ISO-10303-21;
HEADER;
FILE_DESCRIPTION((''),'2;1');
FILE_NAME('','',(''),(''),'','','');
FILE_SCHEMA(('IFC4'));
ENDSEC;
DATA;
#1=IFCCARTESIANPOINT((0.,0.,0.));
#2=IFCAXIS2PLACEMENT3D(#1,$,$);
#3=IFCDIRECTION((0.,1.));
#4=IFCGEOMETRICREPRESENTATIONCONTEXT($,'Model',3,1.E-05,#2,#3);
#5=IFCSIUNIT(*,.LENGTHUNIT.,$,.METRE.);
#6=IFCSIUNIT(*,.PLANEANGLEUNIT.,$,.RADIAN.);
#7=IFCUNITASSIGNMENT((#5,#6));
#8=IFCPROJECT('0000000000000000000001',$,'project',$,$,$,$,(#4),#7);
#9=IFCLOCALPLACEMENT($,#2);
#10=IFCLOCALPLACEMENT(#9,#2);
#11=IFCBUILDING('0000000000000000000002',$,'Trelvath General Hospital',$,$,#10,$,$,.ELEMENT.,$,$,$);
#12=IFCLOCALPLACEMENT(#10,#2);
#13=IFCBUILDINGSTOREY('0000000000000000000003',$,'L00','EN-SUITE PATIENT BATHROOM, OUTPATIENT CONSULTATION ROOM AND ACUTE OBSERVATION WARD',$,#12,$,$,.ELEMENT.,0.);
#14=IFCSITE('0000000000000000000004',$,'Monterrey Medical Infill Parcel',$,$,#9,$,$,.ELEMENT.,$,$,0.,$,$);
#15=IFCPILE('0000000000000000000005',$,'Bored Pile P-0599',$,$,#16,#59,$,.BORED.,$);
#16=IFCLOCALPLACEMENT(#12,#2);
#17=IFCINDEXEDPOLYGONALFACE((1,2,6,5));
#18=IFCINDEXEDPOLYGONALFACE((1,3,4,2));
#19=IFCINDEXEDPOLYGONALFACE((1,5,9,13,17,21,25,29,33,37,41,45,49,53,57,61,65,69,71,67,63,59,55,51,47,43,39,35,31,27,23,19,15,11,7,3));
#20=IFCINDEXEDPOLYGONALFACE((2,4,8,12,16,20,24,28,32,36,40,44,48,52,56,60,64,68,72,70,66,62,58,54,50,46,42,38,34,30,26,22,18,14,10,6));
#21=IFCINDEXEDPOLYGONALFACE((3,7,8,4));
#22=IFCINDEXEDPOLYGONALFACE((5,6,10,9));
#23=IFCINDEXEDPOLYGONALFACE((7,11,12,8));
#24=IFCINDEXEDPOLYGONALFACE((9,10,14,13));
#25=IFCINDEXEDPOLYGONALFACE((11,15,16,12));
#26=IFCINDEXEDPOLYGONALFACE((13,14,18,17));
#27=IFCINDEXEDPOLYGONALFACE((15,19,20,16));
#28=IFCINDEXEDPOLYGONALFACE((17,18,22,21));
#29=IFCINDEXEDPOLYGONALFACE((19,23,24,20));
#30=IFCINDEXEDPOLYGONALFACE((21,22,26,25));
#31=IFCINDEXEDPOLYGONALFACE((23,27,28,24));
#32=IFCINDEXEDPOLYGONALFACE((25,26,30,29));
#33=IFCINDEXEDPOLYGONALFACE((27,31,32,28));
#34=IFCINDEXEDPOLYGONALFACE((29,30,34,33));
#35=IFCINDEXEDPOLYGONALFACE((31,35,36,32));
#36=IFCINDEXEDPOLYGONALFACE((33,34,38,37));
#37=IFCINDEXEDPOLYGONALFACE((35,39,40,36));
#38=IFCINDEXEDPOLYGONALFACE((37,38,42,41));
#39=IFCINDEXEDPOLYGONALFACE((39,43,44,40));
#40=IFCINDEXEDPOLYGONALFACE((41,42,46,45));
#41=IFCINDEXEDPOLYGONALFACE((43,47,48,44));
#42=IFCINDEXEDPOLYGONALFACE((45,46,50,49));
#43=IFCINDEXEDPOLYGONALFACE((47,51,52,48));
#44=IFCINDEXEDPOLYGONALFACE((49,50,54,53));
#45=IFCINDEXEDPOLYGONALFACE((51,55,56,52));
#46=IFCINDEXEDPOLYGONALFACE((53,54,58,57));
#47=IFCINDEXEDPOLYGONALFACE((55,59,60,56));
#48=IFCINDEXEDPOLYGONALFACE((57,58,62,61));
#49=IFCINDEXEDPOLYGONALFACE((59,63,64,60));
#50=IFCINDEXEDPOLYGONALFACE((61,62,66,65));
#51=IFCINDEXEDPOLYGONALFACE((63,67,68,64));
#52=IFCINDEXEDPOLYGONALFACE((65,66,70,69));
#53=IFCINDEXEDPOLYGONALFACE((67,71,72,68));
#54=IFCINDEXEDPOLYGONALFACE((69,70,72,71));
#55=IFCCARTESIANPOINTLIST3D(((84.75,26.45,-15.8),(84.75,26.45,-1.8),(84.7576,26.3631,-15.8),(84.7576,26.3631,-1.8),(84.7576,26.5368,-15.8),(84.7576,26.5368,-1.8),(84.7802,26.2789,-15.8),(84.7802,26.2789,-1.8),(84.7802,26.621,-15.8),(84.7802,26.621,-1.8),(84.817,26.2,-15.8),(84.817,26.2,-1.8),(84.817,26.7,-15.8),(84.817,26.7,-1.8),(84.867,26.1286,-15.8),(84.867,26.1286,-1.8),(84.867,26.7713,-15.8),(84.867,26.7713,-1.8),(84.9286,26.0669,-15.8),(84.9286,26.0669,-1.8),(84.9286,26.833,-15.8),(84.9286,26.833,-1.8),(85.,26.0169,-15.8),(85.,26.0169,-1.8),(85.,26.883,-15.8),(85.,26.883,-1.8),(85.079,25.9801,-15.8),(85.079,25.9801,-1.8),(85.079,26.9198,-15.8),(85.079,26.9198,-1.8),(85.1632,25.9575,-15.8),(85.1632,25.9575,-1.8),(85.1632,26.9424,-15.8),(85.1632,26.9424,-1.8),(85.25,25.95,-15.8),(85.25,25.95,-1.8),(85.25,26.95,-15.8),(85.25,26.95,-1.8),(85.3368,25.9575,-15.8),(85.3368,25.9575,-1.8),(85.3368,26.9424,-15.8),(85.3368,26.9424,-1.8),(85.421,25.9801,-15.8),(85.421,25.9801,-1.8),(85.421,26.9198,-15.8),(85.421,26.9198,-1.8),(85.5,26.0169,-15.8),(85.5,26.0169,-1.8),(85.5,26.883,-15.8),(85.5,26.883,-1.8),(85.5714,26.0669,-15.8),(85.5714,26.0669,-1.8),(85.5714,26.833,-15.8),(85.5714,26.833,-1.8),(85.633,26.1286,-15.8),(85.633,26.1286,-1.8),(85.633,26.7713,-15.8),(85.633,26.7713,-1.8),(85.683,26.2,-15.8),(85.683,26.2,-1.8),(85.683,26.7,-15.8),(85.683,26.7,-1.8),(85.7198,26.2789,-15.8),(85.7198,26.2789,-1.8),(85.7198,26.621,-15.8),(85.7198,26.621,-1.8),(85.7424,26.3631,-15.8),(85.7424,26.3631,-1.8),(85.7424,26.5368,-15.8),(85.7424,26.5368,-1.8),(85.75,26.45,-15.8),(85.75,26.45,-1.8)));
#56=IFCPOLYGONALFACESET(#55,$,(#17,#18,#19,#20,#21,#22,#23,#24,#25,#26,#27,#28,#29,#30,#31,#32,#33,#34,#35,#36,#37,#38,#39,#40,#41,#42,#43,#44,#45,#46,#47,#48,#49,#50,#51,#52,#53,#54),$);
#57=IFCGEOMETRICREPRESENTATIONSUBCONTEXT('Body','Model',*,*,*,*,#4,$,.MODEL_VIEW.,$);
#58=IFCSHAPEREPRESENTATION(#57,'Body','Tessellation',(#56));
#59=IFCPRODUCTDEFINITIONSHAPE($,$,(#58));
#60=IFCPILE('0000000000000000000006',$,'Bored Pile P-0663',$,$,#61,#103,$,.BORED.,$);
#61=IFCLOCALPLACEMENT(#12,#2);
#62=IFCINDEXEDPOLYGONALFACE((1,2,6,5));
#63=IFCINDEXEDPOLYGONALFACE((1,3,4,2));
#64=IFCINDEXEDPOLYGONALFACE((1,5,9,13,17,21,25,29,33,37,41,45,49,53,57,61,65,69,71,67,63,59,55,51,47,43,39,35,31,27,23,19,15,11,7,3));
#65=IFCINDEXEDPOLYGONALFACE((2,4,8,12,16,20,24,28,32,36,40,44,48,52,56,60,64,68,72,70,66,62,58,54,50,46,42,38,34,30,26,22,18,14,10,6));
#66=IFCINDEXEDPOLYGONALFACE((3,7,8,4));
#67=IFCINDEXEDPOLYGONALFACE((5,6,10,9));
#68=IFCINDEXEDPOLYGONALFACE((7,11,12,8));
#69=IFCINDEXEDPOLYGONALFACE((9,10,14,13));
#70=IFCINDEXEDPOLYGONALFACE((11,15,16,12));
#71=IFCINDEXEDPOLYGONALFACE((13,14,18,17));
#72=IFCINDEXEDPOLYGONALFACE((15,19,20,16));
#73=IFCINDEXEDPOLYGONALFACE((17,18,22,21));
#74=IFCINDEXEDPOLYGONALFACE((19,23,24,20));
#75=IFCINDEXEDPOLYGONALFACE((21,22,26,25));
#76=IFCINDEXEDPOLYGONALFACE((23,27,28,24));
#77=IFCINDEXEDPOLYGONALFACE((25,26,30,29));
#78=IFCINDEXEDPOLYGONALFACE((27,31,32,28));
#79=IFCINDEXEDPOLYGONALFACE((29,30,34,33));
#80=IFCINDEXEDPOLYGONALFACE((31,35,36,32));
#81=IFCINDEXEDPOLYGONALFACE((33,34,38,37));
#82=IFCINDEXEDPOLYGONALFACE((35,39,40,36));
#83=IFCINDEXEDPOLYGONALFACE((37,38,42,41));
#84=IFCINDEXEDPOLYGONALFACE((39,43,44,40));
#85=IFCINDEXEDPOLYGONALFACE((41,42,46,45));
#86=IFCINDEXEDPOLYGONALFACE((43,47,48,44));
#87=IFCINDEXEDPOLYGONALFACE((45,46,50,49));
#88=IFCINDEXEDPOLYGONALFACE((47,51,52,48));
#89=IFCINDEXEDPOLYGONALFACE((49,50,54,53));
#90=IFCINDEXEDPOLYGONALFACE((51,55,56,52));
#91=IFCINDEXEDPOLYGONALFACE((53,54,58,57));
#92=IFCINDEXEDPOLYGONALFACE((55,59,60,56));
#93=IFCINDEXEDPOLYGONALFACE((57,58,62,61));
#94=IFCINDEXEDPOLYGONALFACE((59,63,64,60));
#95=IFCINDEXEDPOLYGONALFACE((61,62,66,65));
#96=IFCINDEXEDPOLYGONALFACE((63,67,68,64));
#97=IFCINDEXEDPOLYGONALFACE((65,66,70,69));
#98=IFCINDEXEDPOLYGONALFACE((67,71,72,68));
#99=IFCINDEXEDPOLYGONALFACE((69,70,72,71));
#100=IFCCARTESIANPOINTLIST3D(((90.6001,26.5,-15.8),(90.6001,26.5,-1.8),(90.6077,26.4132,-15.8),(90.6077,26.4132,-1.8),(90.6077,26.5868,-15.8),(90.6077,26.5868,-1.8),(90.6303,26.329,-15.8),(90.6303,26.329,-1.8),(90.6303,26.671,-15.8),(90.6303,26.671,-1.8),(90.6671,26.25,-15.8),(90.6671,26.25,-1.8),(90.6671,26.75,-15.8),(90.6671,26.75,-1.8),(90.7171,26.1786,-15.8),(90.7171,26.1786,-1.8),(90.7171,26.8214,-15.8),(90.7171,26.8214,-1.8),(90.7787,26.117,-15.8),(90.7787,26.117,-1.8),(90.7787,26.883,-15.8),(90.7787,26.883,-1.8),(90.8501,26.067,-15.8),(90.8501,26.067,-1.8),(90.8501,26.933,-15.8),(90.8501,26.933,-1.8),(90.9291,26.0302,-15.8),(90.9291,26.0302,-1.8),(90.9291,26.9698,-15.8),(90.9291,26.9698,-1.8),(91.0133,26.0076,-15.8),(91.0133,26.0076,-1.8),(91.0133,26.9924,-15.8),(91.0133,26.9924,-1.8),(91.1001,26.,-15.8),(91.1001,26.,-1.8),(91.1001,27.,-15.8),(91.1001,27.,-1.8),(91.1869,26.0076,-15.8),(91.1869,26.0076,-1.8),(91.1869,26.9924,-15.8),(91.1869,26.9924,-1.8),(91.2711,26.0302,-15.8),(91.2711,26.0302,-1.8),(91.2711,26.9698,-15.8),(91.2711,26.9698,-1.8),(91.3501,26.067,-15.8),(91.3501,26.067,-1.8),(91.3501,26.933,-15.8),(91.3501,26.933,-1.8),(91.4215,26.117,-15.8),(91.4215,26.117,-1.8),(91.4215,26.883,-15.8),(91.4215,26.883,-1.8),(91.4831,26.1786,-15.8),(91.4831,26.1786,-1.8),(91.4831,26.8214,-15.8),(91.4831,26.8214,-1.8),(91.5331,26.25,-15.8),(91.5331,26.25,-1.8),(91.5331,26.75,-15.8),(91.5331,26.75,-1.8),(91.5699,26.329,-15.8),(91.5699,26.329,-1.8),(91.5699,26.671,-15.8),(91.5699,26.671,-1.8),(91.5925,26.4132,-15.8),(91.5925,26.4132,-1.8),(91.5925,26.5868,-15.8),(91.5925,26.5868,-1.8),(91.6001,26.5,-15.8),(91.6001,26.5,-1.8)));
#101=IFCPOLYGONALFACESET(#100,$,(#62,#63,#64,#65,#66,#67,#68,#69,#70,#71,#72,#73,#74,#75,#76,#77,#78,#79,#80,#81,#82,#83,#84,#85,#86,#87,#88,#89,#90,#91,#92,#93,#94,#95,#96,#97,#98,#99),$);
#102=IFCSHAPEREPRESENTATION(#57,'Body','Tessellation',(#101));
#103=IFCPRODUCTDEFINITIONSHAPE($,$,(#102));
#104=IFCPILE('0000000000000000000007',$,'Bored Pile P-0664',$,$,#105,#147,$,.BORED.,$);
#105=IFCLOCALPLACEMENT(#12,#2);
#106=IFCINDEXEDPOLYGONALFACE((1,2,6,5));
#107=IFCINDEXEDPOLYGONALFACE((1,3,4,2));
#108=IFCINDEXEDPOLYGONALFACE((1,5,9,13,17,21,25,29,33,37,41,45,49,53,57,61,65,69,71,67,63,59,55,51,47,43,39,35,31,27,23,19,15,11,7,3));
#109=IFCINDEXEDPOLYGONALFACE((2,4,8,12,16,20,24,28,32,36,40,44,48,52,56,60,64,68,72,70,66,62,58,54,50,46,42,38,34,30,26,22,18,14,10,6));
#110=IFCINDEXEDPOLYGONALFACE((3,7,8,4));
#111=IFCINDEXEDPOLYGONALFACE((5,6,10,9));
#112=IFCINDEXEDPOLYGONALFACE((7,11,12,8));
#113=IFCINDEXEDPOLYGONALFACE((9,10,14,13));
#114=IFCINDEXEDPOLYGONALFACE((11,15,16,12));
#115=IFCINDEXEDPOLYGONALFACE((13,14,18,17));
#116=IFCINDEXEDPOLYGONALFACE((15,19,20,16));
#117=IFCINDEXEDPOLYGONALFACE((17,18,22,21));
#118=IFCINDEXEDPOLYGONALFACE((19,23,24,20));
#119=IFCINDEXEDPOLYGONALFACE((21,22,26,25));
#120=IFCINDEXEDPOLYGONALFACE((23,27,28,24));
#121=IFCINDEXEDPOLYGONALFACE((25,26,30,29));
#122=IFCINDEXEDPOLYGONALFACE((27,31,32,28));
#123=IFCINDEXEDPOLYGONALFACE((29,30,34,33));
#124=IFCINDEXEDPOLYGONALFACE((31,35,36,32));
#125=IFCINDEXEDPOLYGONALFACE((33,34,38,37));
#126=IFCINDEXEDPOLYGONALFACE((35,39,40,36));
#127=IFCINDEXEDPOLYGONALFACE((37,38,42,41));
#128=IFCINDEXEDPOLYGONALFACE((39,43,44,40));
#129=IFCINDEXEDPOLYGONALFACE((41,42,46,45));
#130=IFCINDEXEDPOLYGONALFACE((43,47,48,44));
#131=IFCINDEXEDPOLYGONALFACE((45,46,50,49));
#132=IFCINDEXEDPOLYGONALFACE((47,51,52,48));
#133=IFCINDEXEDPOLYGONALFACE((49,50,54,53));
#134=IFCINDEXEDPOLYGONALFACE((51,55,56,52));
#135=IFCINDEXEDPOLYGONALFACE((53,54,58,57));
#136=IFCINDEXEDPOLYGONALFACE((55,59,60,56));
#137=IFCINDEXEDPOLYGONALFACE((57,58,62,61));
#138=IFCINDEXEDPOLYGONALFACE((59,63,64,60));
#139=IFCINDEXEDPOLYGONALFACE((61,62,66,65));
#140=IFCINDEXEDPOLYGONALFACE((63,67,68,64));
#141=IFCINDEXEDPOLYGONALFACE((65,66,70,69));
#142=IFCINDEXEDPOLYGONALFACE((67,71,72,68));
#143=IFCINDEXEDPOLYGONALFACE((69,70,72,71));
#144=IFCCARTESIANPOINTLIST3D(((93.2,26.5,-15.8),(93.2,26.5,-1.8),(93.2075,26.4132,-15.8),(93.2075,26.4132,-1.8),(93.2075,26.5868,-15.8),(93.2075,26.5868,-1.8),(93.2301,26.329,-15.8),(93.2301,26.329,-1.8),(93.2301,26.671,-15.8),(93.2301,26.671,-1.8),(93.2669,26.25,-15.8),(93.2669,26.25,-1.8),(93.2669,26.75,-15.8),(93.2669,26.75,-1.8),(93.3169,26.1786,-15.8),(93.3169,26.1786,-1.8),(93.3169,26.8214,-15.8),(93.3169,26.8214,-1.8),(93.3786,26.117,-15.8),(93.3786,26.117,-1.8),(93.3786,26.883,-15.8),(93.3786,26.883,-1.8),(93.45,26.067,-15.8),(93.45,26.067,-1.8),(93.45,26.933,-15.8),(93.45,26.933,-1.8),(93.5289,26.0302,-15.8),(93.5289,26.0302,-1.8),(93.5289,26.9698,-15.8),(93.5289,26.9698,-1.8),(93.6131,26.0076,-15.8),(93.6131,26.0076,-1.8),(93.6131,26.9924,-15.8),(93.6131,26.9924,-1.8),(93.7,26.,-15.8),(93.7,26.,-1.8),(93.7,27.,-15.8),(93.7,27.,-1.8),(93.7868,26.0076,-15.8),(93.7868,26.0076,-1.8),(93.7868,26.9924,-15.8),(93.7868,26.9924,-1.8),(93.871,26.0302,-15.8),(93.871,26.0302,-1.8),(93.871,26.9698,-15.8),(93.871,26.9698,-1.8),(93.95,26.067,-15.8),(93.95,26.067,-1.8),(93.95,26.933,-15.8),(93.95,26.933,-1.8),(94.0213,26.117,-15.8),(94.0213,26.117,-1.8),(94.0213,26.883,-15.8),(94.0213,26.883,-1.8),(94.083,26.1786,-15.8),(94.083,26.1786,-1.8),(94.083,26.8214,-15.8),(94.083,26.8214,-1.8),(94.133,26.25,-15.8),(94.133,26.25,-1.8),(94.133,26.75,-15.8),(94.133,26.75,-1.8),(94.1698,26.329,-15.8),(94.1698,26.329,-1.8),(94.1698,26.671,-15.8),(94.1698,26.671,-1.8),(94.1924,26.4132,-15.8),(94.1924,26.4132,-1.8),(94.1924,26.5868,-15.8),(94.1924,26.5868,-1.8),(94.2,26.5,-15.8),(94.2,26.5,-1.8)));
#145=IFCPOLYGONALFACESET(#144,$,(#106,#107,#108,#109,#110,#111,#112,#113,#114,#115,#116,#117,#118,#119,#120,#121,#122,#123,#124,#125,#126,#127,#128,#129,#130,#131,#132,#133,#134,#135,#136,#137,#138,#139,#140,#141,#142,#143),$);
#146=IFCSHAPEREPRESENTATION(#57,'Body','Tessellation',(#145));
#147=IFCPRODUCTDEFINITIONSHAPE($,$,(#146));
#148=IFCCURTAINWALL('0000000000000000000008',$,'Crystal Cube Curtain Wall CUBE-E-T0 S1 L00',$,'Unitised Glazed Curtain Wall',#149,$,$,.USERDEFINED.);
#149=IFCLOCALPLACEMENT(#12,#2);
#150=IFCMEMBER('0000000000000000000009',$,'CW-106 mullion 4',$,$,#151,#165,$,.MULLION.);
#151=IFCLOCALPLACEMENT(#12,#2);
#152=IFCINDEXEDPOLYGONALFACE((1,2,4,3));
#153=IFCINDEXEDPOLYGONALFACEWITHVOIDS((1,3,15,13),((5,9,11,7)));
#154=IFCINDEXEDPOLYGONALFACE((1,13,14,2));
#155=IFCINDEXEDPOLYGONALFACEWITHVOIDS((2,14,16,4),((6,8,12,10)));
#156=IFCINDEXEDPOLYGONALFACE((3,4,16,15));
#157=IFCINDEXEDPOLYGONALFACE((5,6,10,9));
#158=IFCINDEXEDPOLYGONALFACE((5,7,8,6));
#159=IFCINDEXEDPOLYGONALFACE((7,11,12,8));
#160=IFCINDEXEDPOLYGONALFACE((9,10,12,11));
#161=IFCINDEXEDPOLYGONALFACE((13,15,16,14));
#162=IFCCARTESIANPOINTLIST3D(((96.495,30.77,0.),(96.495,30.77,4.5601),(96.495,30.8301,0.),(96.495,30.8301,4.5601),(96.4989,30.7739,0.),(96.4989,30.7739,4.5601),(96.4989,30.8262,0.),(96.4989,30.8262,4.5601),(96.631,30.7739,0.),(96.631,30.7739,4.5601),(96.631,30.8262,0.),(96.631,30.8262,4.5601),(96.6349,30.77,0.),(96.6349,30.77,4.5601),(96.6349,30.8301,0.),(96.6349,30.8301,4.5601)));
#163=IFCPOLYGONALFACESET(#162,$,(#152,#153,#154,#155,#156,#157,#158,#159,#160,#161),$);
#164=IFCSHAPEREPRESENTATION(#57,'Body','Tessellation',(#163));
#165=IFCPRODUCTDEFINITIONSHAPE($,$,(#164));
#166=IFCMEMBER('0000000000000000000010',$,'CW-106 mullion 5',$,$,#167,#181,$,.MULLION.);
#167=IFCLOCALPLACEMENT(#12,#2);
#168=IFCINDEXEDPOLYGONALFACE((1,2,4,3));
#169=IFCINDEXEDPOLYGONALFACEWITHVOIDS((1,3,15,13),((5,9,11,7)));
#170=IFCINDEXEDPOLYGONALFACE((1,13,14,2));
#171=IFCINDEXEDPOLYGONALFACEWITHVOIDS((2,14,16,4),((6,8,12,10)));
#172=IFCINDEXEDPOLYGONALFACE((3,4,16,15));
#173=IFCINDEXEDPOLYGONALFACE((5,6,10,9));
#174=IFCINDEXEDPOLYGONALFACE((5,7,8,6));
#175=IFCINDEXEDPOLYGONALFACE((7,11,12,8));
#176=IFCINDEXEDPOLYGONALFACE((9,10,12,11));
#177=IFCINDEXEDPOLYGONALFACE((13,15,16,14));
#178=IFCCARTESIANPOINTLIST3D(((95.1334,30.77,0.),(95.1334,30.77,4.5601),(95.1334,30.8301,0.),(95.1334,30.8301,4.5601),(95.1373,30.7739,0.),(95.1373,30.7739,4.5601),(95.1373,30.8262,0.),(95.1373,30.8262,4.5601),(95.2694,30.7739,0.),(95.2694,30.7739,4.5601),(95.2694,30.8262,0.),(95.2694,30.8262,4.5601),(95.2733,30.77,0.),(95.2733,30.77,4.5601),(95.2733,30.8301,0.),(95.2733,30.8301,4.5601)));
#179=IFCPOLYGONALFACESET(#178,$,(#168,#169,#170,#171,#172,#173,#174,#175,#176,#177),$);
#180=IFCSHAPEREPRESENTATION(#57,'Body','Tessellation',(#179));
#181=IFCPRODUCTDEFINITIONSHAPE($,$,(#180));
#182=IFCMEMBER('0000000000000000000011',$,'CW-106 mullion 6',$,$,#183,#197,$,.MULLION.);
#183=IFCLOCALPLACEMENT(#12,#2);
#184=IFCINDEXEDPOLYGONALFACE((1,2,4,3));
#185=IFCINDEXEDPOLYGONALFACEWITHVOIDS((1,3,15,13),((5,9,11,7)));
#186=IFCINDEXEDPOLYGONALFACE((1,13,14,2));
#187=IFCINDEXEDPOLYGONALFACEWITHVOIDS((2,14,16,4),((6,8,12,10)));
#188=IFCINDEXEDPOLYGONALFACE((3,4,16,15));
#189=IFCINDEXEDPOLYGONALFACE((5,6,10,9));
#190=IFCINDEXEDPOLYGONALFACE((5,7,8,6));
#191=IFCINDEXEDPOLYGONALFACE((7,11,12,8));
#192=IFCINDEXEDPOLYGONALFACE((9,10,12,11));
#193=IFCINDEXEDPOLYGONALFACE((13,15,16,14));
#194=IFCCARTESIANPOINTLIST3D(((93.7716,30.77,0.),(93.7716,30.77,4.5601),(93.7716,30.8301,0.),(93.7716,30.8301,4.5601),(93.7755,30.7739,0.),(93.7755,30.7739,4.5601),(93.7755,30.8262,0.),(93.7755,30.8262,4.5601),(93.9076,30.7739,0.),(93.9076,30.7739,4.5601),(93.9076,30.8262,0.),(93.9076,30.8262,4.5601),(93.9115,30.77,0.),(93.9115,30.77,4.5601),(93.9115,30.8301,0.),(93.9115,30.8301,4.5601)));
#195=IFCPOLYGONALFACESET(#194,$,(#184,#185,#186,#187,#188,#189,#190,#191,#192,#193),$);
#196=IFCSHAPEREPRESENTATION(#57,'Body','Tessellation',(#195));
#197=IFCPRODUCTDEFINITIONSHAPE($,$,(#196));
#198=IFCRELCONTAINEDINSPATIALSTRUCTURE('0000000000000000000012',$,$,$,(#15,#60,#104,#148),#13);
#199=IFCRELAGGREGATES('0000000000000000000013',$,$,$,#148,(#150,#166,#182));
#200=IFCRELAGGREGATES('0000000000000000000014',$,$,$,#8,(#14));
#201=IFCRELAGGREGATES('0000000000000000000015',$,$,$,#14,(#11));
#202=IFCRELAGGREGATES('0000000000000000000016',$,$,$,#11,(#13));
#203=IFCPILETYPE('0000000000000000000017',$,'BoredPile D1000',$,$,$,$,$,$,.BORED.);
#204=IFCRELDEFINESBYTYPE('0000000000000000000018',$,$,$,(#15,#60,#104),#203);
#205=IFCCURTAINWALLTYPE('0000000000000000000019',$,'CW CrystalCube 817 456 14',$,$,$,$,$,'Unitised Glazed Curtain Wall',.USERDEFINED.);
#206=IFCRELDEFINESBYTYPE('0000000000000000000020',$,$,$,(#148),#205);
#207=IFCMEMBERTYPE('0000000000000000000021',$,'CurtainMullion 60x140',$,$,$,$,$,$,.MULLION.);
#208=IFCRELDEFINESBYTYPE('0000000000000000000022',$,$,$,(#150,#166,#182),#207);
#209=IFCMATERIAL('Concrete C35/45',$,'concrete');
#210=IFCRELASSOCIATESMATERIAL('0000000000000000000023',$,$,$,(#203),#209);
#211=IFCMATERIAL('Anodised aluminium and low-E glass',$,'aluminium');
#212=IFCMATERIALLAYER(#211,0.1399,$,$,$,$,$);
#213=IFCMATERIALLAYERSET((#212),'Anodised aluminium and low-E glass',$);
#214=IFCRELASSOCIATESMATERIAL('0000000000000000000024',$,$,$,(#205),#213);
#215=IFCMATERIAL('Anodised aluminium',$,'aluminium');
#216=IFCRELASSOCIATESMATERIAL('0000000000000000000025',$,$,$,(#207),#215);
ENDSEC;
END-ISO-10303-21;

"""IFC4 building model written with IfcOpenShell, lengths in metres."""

from ifc_helpers import new_model, si_unit, direction, frame, origin, origin_2d, place, context, subcontext, project, spatial, hollow_rectangle, circle, extrude, material, layer, layer_set, material_profile, profile_set, type_object, element, aggregate, save


model = new_model("IFC4")

# Units and contexts
model_context = context("Model", 3, precision=1e-05, world=origin(), true_north=direction((0.0, 1.0)))
body_context = subcontext(model_context, "Body", "Model", "MODEL_VIEW")
ifc_project = project(units=[si_unit("LENGTHUNIT", "METRE"), si_unit("PLANEANGLEUNIT", "RADIAN")], contexts=[model_context])

# Site, building, storey
site_placement = place(None, origin())
site = spatial("IfcSite", under=ifc_project, at=site_placement, Name="Monterrey Medical Infill Parcel", CompositionType="ELEMENT", RefElevation=0.0)
building_placement = place(site_placement, origin())
building = spatial("IfcBuilding", under=site, at=building_placement, Name="Trelvath General Hospital", CompositionType="ELEMENT")
storey_placement = place(building_placement, origin())
storey = spatial("IfcBuildingStorey", under=building, at=storey_placement, Name="L00", Description="EN-SUITE PATIENT BATHROOM, OUTPATIENT CONSULTATION ROOM AND ACUTE OBSERVATION WARD", CompositionType="ELEMENT", Elevation=0.0)

# Piles
ifc_material_1 = material(Name="Concrete C35/45", Category="concrete")
ifc_material_profile_1 = material_profile(ifc_material_1, circle(Radius=0.5, at=origin_2d()), Name="PILE1000")
ifc_profile_set_1 = profile_set([ifc_material_profile_1], Name="Concrete C35/45")
pile_type = type_object("IfcPileType", Name="BoredPile D1000", PredefinedType="BORED", material=ifc_profile_set_1)
for number, where, z_axis, x_axis, name in (
    (1, (85.25, 26.45, -1.8), (0.0, 0.0, -1.0), (1.0, 0.0, 0.0), "Bored Pile P-0599"),
    (2, (91.1001, 26.5, -1.8), (0.0, 0.0, -1.0), (1.0, 0.0, 0.0), "Bored Pile P-0663"),
    (3, (93.7, 26.5, -1.8), (0.0, 0.0, -1.0), (1.0, 0.0, 0.0), "Bored Pile P-0664"),
):
    element("IfcPile", number, at=place(storey_placement, frame(where, z_axis=z_axis, x_axis=x_axis)), inside=storey, type_object=pile_type, Name=name, PredefinedType="BORED", context=body_context, shape_type="SweptSolid", body=[
        extrude(circle(Radius=0.5, at=origin_2d()), origin(), (0.0, 0.0, 1.0), 14.0),
    ])

# Curtain wall, members
ifc_material_2 = material(Name="Anodised aluminium and low-E glass", Category="aluminium")
ifc_layer_1 = layer(ifc_material_2, 0.1399)
ifc_layer_set_1 = layer_set([ifc_layer_1], Name="Anodised aluminium and low-E glass")
curtain_wall_type = type_object("IfcCurtainWallType", Name="CW CrystalCube 817 456 14", ElementType="Unitised Glazed Curtain Wall", PredefinedType="USERDEFINED", material=ifc_layer_set_1)
curtain_wall_placement = place(storey_placement, origin())
curtain_wall = element("IfcCurtainWall", 4, at=curtain_wall_placement, inside=storey, type_object=curtain_wall_type, Name="Crystal Cube Curtain Wall CUBE-E-T0 S1 L00", ObjectType="Unitised Glazed Curtain Wall", PredefinedType="USERDEFINED")
ifc_material_3 = material(Name="Anodised aluminium", Category="aluminium")
ifc_material_profile_2 = material_profile(ifc_material_3, hollow_rectangle(XDim=0.0601, YDim=0.1399, WallThickness=0.0039, at=origin_2d()), Name="RHS60x140x4")
ifc_profile_set_2 = profile_set([ifc_material_profile_2], Name="Anodised aluminium")
member_type_1 = type_object("IfcMemberType", Name="CurtainMullion 60x140", PredefinedType="MULLION", material=ifc_profile_set_2)
member_1_placement = place(storey_placement, frame((96.5649, 30.8, 0.0), z_axis=(0.0, 0.0, 1.0), x_axis=(0.0, -1.0, 0.0)))
member_1 = element("IfcMember", 5, at=member_1_placement, type_object=member_type_1, Name="CW-106 mullion 4", PredefinedType="MULLION", context=body_context, shape_type="SweptSolid", body=[
    extrude(hollow_rectangle(XDim=0.0601, YDim=0.1399, WallThickness=0.0039, at=origin_2d()), origin(), (0.0, 0.0, 1.0), 4.5601),
])
member_2_placement = place(storey_placement, frame((95.2034, 30.8, 0.0), z_axis=(0.0, 0.0, 1.0), x_axis=(0.0, -1.0, 0.0)))
member_2 = element("IfcMember", 6, at=member_2_placement, type_object=member_type_1, Name="CW-106 mullion 5", PredefinedType="MULLION", context=body_context, shape_type="SweptSolid", body=[
    extrude(hollow_rectangle(XDim=0.0601, YDim=0.1399, WallThickness=0.0039, at=origin_2d()), origin(), (0.0, 0.0, 1.0), 4.5601),
])
member_3_placement = place(storey_placement, frame((93.8416, 30.8, 0.0), z_axis=(0.0, 0.0, 1.0), x_axis=(0.0, -1.0, 0.0)))
member_3 = element("IfcMember", 7, at=member_3_placement, type_object=member_type_1, Name="CW-106 mullion 6", PredefinedType="MULLION", context=body_context, shape_type="SweptSolid", body=[
    extrude(hollow_rectangle(XDim=0.0601, YDim=0.1399, WallThickness=0.0039, at=origin_2d()), origin(), (0.0, 0.0, 1.0), 4.5601),
])
aggregate(curtain_wall, [member_1, member_2, member_3])

save(model, "model.ifc")
